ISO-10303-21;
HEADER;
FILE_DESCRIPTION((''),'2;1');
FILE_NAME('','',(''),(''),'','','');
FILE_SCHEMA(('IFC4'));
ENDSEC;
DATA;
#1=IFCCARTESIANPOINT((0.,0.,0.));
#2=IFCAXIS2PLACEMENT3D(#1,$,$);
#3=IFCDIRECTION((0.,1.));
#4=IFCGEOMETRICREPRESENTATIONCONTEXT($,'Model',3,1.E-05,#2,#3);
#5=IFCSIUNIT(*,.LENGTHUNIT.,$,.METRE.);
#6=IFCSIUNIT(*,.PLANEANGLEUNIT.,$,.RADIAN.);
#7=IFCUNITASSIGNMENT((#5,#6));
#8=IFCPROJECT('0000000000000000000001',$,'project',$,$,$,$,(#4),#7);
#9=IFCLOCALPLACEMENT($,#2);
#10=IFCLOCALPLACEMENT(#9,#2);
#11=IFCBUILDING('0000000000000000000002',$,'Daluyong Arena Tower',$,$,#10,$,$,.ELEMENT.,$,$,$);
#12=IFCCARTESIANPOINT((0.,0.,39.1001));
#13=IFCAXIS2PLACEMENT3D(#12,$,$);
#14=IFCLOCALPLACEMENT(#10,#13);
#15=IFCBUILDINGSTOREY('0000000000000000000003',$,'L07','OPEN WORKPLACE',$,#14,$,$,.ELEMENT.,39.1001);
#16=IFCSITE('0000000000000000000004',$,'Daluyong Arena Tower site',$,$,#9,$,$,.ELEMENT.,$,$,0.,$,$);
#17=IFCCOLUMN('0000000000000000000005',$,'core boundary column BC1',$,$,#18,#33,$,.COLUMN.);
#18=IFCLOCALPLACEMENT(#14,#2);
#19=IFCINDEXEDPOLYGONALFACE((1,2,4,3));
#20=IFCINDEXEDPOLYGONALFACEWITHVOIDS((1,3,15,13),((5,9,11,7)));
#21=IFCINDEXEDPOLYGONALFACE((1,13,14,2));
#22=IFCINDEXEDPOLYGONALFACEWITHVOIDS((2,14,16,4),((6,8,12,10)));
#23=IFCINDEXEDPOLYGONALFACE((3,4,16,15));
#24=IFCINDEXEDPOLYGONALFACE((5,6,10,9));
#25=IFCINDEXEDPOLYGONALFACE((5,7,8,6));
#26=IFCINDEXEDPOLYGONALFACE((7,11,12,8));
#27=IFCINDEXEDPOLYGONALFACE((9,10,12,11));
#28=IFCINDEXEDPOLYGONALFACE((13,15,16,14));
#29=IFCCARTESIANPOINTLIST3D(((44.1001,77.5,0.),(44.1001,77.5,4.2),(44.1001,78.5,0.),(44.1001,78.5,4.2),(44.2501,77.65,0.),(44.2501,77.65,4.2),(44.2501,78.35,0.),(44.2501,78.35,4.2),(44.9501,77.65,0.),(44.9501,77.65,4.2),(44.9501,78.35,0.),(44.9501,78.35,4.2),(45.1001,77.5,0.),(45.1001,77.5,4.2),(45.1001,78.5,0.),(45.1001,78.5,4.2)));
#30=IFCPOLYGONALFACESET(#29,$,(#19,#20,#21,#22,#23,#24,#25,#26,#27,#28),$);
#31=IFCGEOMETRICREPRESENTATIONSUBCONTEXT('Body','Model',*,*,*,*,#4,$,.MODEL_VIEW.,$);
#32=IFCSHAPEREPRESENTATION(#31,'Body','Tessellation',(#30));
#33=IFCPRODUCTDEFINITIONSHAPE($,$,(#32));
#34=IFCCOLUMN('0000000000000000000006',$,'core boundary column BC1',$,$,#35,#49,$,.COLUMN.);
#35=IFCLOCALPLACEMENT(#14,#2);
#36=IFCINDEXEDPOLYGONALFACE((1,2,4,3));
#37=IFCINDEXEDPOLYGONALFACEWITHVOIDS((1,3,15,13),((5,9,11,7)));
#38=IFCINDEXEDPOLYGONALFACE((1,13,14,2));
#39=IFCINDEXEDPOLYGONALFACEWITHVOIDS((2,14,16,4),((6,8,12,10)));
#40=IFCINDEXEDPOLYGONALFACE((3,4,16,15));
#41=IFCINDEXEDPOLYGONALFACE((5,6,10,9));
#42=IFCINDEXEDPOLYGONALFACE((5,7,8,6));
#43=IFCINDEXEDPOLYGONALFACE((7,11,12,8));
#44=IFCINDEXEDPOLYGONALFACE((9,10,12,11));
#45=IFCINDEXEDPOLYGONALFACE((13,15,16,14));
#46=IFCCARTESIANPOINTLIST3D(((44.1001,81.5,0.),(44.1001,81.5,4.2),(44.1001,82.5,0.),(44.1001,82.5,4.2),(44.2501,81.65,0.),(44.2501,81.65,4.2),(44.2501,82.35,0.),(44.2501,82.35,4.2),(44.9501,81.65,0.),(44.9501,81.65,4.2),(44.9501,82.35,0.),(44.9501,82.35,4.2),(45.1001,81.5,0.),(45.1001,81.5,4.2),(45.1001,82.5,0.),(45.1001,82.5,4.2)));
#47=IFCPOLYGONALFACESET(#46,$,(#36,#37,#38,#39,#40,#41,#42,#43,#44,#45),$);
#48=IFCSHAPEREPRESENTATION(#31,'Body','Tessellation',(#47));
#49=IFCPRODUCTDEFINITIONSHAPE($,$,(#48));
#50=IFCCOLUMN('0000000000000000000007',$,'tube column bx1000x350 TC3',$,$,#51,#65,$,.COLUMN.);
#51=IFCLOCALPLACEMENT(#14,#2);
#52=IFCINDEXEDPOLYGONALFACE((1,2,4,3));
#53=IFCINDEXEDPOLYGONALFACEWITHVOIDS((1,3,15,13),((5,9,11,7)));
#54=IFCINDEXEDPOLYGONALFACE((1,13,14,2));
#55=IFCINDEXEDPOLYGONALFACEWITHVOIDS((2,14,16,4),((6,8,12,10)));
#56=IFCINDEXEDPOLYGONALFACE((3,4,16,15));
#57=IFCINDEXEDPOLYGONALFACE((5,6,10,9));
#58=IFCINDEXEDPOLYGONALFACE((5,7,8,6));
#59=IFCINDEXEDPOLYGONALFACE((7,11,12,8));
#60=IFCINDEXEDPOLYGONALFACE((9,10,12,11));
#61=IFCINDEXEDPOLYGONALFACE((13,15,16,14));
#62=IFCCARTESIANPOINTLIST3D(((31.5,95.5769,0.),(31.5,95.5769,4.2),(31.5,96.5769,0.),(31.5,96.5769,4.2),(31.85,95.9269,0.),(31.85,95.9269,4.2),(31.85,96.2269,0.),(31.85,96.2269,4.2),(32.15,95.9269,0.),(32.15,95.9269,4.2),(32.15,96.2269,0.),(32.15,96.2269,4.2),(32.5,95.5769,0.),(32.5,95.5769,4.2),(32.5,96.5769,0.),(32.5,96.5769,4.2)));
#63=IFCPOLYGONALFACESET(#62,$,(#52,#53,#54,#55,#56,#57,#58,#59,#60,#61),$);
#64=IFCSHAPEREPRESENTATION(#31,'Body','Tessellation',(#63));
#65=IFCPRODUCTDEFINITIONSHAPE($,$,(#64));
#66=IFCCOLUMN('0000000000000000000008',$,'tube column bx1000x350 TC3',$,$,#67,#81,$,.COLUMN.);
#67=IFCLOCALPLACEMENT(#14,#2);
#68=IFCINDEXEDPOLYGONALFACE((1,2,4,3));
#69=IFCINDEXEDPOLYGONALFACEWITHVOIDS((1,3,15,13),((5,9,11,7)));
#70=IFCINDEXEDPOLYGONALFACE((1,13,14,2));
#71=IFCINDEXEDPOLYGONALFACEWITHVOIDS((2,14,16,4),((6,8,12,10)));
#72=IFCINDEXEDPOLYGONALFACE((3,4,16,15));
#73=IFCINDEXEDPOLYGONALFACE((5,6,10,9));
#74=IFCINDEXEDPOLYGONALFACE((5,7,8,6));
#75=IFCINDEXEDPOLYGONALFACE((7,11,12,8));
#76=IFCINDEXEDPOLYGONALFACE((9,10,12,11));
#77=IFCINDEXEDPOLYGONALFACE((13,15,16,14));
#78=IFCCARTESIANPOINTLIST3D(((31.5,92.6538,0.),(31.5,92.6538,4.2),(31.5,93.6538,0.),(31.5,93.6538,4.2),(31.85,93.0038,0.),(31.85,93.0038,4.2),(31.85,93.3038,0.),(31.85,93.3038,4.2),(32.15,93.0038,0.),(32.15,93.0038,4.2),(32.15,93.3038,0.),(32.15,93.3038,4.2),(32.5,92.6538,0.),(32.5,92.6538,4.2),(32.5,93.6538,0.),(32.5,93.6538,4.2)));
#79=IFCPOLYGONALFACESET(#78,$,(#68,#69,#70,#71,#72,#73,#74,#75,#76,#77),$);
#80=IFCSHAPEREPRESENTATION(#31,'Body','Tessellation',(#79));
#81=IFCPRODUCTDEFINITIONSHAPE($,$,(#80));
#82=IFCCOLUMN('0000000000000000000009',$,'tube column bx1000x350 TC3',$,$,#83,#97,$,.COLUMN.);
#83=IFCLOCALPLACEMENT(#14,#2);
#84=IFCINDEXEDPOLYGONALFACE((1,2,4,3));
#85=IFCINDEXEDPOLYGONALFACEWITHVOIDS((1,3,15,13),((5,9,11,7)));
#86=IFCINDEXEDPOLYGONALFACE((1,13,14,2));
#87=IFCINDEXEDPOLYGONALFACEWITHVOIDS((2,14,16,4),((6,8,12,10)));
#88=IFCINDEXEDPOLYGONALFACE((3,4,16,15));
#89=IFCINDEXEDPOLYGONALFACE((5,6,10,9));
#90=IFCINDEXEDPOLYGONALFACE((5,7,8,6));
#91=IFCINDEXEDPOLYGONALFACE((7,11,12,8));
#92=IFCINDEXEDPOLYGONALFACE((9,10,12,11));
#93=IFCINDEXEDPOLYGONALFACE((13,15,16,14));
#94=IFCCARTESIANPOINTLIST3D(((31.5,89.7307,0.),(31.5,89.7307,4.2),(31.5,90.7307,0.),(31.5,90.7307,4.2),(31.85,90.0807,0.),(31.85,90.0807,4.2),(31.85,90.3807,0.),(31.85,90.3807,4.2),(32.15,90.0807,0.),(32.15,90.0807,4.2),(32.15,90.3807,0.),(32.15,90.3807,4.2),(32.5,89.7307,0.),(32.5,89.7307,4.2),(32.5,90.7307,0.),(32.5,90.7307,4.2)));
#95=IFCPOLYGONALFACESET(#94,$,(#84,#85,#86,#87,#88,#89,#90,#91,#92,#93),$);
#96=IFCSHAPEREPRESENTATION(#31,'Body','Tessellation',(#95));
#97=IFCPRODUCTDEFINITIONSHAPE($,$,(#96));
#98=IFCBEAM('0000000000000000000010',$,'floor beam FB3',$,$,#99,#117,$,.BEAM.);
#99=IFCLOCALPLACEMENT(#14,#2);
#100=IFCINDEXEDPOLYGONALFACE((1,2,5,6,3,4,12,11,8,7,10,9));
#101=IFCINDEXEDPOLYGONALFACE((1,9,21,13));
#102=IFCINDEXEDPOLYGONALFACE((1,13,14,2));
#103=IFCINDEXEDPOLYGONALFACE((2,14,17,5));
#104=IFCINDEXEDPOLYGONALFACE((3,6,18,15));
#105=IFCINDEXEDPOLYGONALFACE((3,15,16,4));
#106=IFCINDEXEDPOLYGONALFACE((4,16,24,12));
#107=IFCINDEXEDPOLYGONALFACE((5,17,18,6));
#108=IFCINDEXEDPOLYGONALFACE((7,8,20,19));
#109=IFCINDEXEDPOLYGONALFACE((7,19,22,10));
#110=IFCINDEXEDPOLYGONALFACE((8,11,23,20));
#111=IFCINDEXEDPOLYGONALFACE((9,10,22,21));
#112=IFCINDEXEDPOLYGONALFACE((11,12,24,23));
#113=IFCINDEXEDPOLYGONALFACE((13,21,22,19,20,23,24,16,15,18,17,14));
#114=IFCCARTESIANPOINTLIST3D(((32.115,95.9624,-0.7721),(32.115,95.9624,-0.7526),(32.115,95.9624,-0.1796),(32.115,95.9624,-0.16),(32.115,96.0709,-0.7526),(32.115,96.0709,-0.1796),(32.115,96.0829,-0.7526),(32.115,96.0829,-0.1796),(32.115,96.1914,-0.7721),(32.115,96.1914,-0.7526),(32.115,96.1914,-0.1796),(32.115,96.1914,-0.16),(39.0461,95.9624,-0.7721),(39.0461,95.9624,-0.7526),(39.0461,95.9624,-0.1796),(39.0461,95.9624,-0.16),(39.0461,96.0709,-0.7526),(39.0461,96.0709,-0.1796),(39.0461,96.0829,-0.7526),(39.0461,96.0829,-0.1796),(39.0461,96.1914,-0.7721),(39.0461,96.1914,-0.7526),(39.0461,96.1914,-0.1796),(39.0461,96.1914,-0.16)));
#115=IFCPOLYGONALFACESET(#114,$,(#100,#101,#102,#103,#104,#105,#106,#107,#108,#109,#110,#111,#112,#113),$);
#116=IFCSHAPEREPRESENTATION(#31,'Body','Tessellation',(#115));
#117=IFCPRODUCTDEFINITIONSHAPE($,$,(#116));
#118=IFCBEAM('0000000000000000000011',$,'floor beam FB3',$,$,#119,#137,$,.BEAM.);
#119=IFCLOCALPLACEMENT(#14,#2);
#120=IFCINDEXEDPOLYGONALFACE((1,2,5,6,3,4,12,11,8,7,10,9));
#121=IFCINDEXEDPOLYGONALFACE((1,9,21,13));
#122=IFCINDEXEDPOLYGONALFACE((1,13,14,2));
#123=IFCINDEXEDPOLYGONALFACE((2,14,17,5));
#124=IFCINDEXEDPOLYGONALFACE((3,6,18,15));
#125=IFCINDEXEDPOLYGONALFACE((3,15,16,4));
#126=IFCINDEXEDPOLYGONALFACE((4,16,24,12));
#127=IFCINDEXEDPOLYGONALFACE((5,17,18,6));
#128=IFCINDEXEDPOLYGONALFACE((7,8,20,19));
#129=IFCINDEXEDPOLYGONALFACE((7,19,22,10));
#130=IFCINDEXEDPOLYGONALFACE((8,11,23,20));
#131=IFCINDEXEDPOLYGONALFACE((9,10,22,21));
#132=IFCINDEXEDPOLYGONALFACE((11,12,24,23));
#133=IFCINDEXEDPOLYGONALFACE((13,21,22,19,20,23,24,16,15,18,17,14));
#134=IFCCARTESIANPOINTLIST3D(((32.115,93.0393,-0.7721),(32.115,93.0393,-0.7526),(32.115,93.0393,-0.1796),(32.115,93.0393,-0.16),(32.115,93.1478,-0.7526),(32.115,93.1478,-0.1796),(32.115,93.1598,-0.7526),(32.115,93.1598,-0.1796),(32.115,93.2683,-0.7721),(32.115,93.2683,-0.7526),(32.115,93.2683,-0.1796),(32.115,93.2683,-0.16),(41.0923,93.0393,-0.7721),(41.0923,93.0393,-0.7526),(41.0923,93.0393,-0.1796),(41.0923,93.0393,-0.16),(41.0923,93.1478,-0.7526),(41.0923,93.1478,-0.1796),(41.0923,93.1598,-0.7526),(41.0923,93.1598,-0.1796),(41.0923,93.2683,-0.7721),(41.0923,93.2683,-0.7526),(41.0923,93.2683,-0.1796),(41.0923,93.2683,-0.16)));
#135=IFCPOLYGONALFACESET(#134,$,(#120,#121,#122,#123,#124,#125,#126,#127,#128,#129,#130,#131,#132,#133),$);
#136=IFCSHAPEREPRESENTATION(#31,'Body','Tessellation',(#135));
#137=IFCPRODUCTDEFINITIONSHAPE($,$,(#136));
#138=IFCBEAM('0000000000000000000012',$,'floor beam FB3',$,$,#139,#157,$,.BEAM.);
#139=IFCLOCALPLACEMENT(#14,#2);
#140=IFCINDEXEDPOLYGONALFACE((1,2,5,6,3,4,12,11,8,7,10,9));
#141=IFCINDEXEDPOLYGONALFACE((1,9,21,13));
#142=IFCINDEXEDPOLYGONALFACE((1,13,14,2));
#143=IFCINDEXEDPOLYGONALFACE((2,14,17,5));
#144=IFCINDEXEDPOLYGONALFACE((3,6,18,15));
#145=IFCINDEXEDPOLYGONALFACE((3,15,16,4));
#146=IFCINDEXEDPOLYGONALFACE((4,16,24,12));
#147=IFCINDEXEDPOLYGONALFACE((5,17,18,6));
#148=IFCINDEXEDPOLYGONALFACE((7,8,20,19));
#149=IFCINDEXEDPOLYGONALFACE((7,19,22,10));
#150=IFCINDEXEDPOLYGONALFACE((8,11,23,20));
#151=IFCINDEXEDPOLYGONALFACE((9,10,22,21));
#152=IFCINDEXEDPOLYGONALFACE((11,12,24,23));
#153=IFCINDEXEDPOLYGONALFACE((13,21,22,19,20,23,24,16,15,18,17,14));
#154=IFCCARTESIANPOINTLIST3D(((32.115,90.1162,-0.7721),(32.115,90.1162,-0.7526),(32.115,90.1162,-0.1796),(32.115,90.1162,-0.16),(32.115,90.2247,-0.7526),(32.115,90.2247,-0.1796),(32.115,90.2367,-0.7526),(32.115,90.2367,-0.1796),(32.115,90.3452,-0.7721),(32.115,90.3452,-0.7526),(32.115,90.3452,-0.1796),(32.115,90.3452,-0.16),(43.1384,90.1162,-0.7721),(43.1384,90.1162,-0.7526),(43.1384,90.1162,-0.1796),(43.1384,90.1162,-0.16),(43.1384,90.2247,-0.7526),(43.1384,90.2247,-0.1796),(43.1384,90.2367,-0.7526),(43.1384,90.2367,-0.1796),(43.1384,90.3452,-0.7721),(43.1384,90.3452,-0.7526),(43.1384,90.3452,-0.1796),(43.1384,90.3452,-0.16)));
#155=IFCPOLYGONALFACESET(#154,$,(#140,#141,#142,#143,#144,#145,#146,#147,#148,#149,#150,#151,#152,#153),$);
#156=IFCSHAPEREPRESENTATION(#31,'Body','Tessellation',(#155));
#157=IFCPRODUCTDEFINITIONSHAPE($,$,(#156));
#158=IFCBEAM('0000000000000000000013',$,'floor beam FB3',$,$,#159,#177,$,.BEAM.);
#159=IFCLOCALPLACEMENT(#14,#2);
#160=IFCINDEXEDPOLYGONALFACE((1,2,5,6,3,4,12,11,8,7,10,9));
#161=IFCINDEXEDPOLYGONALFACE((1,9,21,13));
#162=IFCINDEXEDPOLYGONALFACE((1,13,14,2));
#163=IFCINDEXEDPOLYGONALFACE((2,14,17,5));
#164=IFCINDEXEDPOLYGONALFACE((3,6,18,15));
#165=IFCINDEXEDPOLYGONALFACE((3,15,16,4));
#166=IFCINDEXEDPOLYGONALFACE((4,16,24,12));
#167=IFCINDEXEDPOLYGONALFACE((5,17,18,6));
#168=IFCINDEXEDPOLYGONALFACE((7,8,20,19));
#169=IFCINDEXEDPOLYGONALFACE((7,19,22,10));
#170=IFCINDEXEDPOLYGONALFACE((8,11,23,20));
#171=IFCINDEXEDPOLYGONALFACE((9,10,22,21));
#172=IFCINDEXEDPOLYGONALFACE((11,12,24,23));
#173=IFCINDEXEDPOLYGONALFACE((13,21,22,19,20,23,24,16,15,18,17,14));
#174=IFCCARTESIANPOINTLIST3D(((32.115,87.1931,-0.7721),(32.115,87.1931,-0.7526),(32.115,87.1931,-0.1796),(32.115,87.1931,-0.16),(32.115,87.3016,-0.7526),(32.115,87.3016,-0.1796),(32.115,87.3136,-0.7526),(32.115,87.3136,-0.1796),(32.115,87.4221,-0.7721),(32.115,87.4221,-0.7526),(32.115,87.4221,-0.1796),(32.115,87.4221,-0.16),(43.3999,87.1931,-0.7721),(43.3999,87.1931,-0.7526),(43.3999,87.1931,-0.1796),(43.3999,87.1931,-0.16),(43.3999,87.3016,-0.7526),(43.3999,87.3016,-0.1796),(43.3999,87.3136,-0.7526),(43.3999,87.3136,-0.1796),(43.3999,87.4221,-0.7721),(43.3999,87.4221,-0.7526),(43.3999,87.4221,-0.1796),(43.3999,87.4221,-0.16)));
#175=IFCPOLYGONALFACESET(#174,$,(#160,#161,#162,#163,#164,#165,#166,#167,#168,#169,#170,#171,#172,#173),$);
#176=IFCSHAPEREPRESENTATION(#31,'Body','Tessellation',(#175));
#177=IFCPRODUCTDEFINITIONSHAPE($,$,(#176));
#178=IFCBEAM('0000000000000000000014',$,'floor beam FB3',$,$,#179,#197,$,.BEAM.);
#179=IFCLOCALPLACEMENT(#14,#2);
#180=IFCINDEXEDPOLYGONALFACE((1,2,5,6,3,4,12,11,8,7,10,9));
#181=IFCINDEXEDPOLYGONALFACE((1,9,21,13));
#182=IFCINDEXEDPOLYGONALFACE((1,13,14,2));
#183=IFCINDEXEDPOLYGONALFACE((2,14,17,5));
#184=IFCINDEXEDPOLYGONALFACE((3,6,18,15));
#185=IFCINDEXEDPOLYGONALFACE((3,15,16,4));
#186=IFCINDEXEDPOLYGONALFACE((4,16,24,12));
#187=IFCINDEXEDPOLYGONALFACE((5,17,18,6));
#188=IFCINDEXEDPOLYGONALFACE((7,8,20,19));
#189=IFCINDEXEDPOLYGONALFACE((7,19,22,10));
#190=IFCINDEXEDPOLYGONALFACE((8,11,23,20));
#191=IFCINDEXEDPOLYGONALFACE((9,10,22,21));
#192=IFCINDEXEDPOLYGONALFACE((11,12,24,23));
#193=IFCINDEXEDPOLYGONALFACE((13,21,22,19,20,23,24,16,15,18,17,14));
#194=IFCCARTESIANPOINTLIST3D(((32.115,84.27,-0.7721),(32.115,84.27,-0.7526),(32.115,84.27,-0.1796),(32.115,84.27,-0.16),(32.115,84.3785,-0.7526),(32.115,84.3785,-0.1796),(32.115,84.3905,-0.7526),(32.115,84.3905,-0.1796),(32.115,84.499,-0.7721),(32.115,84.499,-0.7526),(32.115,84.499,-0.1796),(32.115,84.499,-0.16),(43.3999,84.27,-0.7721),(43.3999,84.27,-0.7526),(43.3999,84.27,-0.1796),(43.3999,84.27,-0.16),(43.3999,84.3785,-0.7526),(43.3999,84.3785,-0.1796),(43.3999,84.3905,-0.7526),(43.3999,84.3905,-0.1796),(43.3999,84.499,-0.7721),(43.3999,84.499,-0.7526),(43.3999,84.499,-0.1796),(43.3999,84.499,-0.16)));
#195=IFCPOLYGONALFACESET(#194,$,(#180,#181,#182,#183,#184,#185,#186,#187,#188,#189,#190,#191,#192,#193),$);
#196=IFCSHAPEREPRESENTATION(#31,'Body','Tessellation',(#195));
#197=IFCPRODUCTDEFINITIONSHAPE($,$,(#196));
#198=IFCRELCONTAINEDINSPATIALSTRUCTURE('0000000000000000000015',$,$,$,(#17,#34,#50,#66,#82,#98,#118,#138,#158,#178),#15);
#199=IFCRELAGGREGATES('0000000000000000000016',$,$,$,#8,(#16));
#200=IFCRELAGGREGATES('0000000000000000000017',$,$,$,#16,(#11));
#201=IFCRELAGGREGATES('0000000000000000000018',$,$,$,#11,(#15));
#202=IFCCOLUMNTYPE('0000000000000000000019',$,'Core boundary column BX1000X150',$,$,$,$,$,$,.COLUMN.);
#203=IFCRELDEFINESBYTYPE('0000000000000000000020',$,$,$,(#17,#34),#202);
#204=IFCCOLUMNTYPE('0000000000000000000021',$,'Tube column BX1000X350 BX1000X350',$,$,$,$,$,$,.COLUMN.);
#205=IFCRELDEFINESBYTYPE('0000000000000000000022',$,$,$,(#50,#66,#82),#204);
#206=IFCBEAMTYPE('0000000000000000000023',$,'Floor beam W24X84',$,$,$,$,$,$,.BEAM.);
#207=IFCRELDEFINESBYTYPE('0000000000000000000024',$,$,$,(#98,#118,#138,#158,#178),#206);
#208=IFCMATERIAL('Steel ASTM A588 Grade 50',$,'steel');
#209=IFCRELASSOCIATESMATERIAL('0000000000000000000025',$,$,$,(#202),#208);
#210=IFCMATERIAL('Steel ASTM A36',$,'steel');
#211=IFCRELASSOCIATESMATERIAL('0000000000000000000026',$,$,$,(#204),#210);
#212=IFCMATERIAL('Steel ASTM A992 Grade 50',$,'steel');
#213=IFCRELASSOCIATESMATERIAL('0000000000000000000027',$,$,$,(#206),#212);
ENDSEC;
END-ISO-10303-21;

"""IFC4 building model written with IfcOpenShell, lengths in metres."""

from ifc_helpers import new_model, si_unit, direction, frame, origin, origin_2d, place, context, subcontext, project, spatial, hollow_rectangle, i_section, extrude, material, material_profile, profile_set, type_object, element, save


model = new_model("IFC4")

# Units and contexts
model_context = context("Model", 3, precision=1e-05, world=origin(), true_north=direction((0.0, 1.0)))
body_context = subcontext(model_context, "Body", "Model", "MODEL_VIEW")
ifc_project = project(units=[si_unit("LENGTHUNIT", "METRE"), si_unit("PLANEANGLEUNIT", "RADIAN")], contexts=[model_context])

# Site, building, storey
site_placement = place(None, origin())
site = spatial("IfcSite", under=ifc_project, at=site_placement, Name="Daluyong Arena Tower site", CompositionType="ELEMENT", RefElevation=0.0)
building_placement = place(site_placement, origin())
building = spatial("IfcBuilding", under=site, at=building_placement, Name="Daluyong Arena Tower", CompositionType="ELEMENT")
storey_placement = place(building_placement, frame((0.0, 0.0, 39.1001)))
storey = spatial("IfcBuildingStorey", under=building, at=storey_placement, Name="L07", Description="OPEN WORKPLACE", CompositionType="ELEMENT", Elevation=39.1001)

# Columns
ifc_material_1 = material(Name="Steel ASTM A588 Grade 50", Category="steel")
ifc_material_profile_1 = material_profile(ifc_material_1, hollow_rectangle(XDim=1.0, YDim=1.0, WallThickness=0.15, at=origin_2d()))
ifc_profile_set_1 = profile_set([ifc_material_profile_1], Name="Steel ASTM A588 Grade 50")
column_type_1 = type_object("IfcColumnType", Name="Core boundary column BX1000X150", PredefinedType="COLUMN", material=ifc_profile_set_1)
for number, where, z_axis, x_axis, name in (
    (1, (44.6001, 78.0, 0.0), (0.0, 0.0, 1.0), (1.0, 0.0, 0.0), "core boundary column BC1"),
    (2, (44.6001, 82.0, 0.0), (0.0, 0.0, 1.0), (1.0, 0.0, 0.0), "core boundary column BC1"),
):
    element("IfcColumn", number, at=place(storey_placement, frame(where, z_axis=z_axis, x_axis=x_axis)), inside=storey, type_object=column_type_1, Name=name, PredefinedType="COLUMN", context=body_context, shape_type="SweptSolid", body=[
        extrude(hollow_rectangle(XDim=1.0, YDim=1.0, WallThickness=0.15, at=origin_2d()), origin(), (0.0, 0.0, 1.0), 4.2),
    ])
ifc_material_2 = material(Name="Steel ASTM A36", Category="steel")
ifc_material_profile_2 = material_profile(ifc_material_2, hollow_rectangle(XDim=1.0, YDim=1.0, WallThickness=0.35, at=origin_2d()))
ifc_profile_set_2 = profile_set([ifc_material_profile_2], Name="Steel ASTM A36")
column_type_2 = type_object("IfcColumnType", Name="Tube column BX1000X350 BX1000X350", PredefinedType="COLUMN", material=ifc_profile_set_2)
for number, where, z_axis, x_axis, name in (
    (3, (32.0, 96.0769, 0.0), (0.0, 0.0, 1.0), (0.0, 1.0, 0.0), "tube column bx1000x350 TC3"),
    (4, (32.0, 93.1538, 0.0), (0.0, 0.0, 1.0), (0.0, 1.0, 0.0), "tube column bx1000x350 TC3"),
    (5, (32.0, 90.2307, 0.0), (0.0, 0.0, 1.0), (0.0, 1.0, 0.0), "tube column bx1000x350 TC3"),
):
    element("IfcColumn", number, at=place(storey_placement, frame(where, z_axis=z_axis, x_axis=x_axis)), inside=storey, type_object=column_type_2, Name=name, PredefinedType="COLUMN", context=body_context, shape_type="SweptSolid", body=[
        extrude(hollow_rectangle(XDim=1.0, YDim=1.0, WallThickness=0.35, at=origin_2d()), origin(), (0.0, 0.0, 1.0), 4.2),
    ])

# Beams
ifc_material_3 = material(Name="Steel ASTM A992 Grade 50", Category="steel")
ifc_material_profile_3 = material_profile(ifc_material_3, i_section(OverallWidth=0.229, OverallDepth=0.6121, WebThickness=0.012, FlangeThickness=0.0195, at=origin_2d()))
ifc_profile_set_3 = profile_set([ifc_material_profile_3], Name="Steel ASTM A992 Grade 50")
beam_type_1 = type_object("IfcBeamType", Name="Floor beam W24X84", PredefinedType="BEAM", material=ifc_profile_set_3)
beam_1_placement = place(storey_placement, frame((32.115, 96.0769, -0.4661), z_axis=(1.0, 0.0, 0.0), x_axis=(0.0, 1.0, 0.0)))
element("IfcBeam", 6, at=beam_1_placement, inside=storey, type_object=beam_type_1, Name="floor beam FB3", PredefinedType="BEAM", context=body_context, shape_type="SweptSolid", body=[
    extrude(i_section(OverallWidth=0.229, OverallDepth=0.6121, WebThickness=0.012, FlangeThickness=0.0195, at=origin_2d()), origin(), (0.0, 0.0, 1.0), 6.9312),
])
beam_2_placement = place(storey_placement, frame((32.115, 93.1538, -0.4661), z_axis=(1.0, 0.0, 0.0), x_axis=(0.0, 1.0, 0.0)))
element("IfcBeam", 7, at=beam_2_placement, inside=storey, type_object=beam_type_1, Name="floor beam FB3", PredefinedType="BEAM", context=body_context, shape_type="SweptSolid", body=[
    extrude(i_section(OverallWidth=0.229, OverallDepth=0.6121, WebThickness=0.012, FlangeThickness=0.0195, at=origin_2d()), origin(), (0.0, 0.0, 1.0), 8.9773),
])
beam_3_placement = place(storey_placement, frame((32.115, 90.2307, -0.4661), z_axis=(1.0, 0.0, 0.0), x_axis=(0.0, 1.0, 0.0)))
element("IfcBeam", 8, at=beam_3_placement, inside=storey, type_object=beam_type_1, Name="floor beam FB3", PredefinedType="BEAM", context=body_context, shape_type="SweptSolid", body=[
    extrude(i_section(OverallWidth=0.229, OverallDepth=0.6121, WebThickness=0.012, FlangeThickness=0.0195, at=origin_2d()), origin(), (0.0, 0.0, 1.0), 11.0234),
])
for number, where, z_axis, x_axis, name in (
    (9, (32.115, 87.3076, -0.4661), (1.0, 0.0, 0.0), (0.0, 1.0, 0.0), "floor beam FB3"),
    (10, (32.115, 84.3845, -0.4661), (1.0, 0.0, 0.0), (0.0, 1.0, 0.0), "floor beam FB3"),
):
    element("IfcBeam", number, at=place(storey_placement, frame(where, z_axis=z_axis, x_axis=x_axis)), inside=storey, type_object=beam_type_1, Name=name, PredefinedType="BEAM", context=body_context, shape_type="SweptSolid", body=[
        extrude(i_section(OverallWidth=0.229, OverallDepth=0.6121, WebThickness=0.012, FlangeThickness=0.0195, at=origin_2d()), origin(), (0.0, 0.0, 1.0), 11.2849),
    ])

save(model, "model.ifc")
